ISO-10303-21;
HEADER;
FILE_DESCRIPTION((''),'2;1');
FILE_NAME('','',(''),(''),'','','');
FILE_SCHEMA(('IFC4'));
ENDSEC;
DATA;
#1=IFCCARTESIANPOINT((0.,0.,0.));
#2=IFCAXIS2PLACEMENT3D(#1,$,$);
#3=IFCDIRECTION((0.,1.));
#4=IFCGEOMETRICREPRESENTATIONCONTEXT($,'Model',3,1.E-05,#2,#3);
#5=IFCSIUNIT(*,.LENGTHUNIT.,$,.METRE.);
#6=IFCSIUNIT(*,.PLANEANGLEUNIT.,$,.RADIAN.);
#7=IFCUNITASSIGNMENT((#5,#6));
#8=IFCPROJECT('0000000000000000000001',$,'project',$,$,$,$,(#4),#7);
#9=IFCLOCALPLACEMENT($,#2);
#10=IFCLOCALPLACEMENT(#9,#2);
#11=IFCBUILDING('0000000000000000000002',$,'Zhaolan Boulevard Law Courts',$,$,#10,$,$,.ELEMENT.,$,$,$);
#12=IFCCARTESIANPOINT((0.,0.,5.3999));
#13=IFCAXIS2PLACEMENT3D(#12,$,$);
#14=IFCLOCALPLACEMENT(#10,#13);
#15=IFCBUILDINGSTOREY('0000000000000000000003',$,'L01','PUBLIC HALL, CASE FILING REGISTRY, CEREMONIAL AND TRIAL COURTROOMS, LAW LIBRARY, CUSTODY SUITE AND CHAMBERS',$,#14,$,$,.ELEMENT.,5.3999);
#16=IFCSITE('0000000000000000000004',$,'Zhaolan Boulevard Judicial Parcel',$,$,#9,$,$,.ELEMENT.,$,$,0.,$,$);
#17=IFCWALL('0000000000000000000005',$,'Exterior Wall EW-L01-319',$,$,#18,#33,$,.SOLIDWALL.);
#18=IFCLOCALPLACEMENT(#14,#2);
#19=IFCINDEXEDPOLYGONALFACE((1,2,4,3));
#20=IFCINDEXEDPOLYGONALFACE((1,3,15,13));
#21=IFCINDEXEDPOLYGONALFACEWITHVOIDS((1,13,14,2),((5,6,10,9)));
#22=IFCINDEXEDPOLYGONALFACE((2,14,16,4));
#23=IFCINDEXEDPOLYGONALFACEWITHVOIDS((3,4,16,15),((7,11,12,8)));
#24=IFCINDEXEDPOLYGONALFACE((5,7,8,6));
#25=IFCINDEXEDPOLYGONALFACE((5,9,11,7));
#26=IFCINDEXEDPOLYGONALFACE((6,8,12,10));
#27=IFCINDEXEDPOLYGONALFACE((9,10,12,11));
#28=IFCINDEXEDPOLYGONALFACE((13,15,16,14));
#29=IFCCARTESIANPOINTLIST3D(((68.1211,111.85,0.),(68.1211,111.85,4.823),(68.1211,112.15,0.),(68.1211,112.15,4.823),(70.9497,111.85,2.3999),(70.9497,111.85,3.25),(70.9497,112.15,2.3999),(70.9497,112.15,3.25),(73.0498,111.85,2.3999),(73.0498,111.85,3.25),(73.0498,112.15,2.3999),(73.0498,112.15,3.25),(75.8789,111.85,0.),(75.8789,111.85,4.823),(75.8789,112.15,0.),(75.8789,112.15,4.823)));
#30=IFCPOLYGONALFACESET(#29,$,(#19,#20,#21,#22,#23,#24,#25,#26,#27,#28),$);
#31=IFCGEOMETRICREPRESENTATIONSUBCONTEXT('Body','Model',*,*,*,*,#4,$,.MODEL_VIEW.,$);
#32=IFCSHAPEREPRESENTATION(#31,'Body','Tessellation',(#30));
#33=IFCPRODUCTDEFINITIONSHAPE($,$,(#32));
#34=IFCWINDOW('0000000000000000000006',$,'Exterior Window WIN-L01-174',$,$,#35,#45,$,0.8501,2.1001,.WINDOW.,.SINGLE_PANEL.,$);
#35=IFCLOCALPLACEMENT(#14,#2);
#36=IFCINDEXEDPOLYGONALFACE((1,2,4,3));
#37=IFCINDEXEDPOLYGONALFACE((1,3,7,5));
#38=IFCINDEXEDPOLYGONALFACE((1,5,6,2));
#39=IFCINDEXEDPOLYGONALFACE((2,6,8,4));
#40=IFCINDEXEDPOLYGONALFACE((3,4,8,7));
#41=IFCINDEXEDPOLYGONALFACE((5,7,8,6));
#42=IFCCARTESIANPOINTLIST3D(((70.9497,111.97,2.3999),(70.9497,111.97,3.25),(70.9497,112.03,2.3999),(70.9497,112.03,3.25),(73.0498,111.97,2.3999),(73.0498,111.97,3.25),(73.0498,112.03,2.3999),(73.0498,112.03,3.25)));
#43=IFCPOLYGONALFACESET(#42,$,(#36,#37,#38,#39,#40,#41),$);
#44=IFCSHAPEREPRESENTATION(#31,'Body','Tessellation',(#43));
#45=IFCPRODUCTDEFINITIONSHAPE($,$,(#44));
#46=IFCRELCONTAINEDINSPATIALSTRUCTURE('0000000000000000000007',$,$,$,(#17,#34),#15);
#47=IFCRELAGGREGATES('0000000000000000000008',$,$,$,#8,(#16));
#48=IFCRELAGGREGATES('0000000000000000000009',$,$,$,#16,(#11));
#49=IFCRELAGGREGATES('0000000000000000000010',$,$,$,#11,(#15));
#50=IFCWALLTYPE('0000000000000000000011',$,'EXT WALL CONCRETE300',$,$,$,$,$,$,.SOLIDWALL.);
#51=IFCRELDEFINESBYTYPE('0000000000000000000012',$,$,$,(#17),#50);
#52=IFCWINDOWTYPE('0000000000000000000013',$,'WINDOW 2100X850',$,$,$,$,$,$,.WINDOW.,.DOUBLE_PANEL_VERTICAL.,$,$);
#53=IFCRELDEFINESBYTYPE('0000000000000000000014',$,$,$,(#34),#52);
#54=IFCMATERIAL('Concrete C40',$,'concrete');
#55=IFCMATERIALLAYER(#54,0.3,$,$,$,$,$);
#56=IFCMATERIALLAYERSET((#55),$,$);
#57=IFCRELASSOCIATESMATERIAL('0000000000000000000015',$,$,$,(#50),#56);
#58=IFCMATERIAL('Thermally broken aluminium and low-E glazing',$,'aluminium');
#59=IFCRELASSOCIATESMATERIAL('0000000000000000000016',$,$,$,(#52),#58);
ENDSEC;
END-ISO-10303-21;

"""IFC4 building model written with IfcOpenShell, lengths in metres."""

from ifc_helpers import new_model, si_unit, direction, frame, frame_2d, origin, place, context, subcontext, project, spatial, rectangle, extrude, material, layer, layer_set, type_object, element, fill, save


model = new_model("IFC4")

# Units and contexts
model_context = context("Model", 3, precision=1e-05, world=origin(), true_north=direction((0.0, 1.0)))
body_context = subcontext(model_context, "Body", "Model", "MODEL_VIEW")
ifc_project = project(units=[si_unit("LENGTHUNIT", "METRE"), si_unit("PLANEANGLEUNIT", "RADIAN")], contexts=[model_context])

# Site, building, storey
site_placement = place(None, origin())
site = spatial("IfcSite", under=ifc_project, at=site_placement, Name="Zhaolan Boulevard Judicial Parcel", CompositionType="ELEMENT", RefElevation=0.0)
building_placement = place(site_placement, origin())
building = spatial("IfcBuilding", under=site, at=building_placement, Name="Zhaolan Boulevard Law Courts", CompositionType="ELEMENT")
storey_placement = place(building_placement, frame((0.0, 0.0, 5.3999)))
storey = spatial("IfcBuildingStorey", under=building, at=storey_placement, Name="L01", Description="PUBLIC HALL, CASE FILING REGISTRY, CEREMONIAL AND TRIAL COURTROOMS, LAW LIBRARY, CUSTODY SUITE AND CHAMBERS", CompositionType="ELEMENT", Elevation=5.3999)

# Wall, opening, window
ifc_material_1 = material(Name="Concrete C40", Category="concrete")
ifc_layer_1 = layer(ifc_material_1, 0.3)
ifc_layer_set_1 = layer_set([ifc_layer_1])
wall_type = type_object("IfcWallType", Name="EXT WALL CONCRETE300", PredefinedType="SOLIDWALL", material=ifc_layer_set_1)
wall_1_placement = place(storey_placement, frame((75.8789, 112.0, 0.0), z_axis=(0.0, 0.0, 1.0), x_axis=(-1.0, 0.0, 0.0)))
wall_1 = element("IfcWall", 1, at=wall_1_placement, inside=storey, type_object=wall_type, Name="Exterior Wall EW-L01-319", PredefinedType="SOLIDWALL", context=body_context, shape_type="SweptSolid", body=[
    extrude(rectangle(XDim=7.7578, YDim=0.3, at=frame_2d((3.8789, 0.0))), origin(), (0.0, 0.0, 1.0), 4.823),
])
opening_1_placement = place(wall_1_placement, frame((2.8291, 0.0, 2.3999)))
opening_1 = element("IfcOpeningElement", 2, at=opening_1_placement, cuts=wall_1, PredefinedType="OPENING", context=body_context, shape_type="SweptSolid", body=[
    extrude(rectangle(XDim=2.1001, YDim=0.8501, at=frame_2d((1.05, 0.425))), frame((0.0, 0.1599, 0.0), z_axis=(0.0, -1.0, 0.0), x_axis=(1.0, 0.0, 0.0)), (0.0, 0.0, 1.0), 0.3201),
])
ifc_material_2 = material(Name="Thermally broken aluminium and low-E glazing", Category="aluminium")
window_type_1 = type_object("IfcWindowType", Name="WINDOW 2100X850", PartitioningType="DOUBLE_PANEL_VERTICAL", PredefinedType="WINDOW", material=ifc_material_2)
window_1_placement = place(opening_1_placement, origin())
window_1 = element("IfcWindow", 3, at=window_1_placement, inside=storey, type_object=window_type_1, Name="Exterior Window WIN-L01-174", OverallHeight=0.8501, OverallWidth=2.1001, PartitioningType="SINGLE_PANEL", PredefinedType="WINDOW", context=body_context, shape_type="SweptSolid", body=[
    extrude(rectangle(XDim=2.1001, YDim=0.8501, at=frame_2d((1.05, 0.425))), frame((0.0, 0.03, 0.0), z_axis=(0.0, -1.0, 0.0), x_axis=(1.0, 0.0, 0.0)), (0.0, 0.0, 1.0), 0.0601),
])
fill(opening_1, window_1)

save(model, "model.ifc")
